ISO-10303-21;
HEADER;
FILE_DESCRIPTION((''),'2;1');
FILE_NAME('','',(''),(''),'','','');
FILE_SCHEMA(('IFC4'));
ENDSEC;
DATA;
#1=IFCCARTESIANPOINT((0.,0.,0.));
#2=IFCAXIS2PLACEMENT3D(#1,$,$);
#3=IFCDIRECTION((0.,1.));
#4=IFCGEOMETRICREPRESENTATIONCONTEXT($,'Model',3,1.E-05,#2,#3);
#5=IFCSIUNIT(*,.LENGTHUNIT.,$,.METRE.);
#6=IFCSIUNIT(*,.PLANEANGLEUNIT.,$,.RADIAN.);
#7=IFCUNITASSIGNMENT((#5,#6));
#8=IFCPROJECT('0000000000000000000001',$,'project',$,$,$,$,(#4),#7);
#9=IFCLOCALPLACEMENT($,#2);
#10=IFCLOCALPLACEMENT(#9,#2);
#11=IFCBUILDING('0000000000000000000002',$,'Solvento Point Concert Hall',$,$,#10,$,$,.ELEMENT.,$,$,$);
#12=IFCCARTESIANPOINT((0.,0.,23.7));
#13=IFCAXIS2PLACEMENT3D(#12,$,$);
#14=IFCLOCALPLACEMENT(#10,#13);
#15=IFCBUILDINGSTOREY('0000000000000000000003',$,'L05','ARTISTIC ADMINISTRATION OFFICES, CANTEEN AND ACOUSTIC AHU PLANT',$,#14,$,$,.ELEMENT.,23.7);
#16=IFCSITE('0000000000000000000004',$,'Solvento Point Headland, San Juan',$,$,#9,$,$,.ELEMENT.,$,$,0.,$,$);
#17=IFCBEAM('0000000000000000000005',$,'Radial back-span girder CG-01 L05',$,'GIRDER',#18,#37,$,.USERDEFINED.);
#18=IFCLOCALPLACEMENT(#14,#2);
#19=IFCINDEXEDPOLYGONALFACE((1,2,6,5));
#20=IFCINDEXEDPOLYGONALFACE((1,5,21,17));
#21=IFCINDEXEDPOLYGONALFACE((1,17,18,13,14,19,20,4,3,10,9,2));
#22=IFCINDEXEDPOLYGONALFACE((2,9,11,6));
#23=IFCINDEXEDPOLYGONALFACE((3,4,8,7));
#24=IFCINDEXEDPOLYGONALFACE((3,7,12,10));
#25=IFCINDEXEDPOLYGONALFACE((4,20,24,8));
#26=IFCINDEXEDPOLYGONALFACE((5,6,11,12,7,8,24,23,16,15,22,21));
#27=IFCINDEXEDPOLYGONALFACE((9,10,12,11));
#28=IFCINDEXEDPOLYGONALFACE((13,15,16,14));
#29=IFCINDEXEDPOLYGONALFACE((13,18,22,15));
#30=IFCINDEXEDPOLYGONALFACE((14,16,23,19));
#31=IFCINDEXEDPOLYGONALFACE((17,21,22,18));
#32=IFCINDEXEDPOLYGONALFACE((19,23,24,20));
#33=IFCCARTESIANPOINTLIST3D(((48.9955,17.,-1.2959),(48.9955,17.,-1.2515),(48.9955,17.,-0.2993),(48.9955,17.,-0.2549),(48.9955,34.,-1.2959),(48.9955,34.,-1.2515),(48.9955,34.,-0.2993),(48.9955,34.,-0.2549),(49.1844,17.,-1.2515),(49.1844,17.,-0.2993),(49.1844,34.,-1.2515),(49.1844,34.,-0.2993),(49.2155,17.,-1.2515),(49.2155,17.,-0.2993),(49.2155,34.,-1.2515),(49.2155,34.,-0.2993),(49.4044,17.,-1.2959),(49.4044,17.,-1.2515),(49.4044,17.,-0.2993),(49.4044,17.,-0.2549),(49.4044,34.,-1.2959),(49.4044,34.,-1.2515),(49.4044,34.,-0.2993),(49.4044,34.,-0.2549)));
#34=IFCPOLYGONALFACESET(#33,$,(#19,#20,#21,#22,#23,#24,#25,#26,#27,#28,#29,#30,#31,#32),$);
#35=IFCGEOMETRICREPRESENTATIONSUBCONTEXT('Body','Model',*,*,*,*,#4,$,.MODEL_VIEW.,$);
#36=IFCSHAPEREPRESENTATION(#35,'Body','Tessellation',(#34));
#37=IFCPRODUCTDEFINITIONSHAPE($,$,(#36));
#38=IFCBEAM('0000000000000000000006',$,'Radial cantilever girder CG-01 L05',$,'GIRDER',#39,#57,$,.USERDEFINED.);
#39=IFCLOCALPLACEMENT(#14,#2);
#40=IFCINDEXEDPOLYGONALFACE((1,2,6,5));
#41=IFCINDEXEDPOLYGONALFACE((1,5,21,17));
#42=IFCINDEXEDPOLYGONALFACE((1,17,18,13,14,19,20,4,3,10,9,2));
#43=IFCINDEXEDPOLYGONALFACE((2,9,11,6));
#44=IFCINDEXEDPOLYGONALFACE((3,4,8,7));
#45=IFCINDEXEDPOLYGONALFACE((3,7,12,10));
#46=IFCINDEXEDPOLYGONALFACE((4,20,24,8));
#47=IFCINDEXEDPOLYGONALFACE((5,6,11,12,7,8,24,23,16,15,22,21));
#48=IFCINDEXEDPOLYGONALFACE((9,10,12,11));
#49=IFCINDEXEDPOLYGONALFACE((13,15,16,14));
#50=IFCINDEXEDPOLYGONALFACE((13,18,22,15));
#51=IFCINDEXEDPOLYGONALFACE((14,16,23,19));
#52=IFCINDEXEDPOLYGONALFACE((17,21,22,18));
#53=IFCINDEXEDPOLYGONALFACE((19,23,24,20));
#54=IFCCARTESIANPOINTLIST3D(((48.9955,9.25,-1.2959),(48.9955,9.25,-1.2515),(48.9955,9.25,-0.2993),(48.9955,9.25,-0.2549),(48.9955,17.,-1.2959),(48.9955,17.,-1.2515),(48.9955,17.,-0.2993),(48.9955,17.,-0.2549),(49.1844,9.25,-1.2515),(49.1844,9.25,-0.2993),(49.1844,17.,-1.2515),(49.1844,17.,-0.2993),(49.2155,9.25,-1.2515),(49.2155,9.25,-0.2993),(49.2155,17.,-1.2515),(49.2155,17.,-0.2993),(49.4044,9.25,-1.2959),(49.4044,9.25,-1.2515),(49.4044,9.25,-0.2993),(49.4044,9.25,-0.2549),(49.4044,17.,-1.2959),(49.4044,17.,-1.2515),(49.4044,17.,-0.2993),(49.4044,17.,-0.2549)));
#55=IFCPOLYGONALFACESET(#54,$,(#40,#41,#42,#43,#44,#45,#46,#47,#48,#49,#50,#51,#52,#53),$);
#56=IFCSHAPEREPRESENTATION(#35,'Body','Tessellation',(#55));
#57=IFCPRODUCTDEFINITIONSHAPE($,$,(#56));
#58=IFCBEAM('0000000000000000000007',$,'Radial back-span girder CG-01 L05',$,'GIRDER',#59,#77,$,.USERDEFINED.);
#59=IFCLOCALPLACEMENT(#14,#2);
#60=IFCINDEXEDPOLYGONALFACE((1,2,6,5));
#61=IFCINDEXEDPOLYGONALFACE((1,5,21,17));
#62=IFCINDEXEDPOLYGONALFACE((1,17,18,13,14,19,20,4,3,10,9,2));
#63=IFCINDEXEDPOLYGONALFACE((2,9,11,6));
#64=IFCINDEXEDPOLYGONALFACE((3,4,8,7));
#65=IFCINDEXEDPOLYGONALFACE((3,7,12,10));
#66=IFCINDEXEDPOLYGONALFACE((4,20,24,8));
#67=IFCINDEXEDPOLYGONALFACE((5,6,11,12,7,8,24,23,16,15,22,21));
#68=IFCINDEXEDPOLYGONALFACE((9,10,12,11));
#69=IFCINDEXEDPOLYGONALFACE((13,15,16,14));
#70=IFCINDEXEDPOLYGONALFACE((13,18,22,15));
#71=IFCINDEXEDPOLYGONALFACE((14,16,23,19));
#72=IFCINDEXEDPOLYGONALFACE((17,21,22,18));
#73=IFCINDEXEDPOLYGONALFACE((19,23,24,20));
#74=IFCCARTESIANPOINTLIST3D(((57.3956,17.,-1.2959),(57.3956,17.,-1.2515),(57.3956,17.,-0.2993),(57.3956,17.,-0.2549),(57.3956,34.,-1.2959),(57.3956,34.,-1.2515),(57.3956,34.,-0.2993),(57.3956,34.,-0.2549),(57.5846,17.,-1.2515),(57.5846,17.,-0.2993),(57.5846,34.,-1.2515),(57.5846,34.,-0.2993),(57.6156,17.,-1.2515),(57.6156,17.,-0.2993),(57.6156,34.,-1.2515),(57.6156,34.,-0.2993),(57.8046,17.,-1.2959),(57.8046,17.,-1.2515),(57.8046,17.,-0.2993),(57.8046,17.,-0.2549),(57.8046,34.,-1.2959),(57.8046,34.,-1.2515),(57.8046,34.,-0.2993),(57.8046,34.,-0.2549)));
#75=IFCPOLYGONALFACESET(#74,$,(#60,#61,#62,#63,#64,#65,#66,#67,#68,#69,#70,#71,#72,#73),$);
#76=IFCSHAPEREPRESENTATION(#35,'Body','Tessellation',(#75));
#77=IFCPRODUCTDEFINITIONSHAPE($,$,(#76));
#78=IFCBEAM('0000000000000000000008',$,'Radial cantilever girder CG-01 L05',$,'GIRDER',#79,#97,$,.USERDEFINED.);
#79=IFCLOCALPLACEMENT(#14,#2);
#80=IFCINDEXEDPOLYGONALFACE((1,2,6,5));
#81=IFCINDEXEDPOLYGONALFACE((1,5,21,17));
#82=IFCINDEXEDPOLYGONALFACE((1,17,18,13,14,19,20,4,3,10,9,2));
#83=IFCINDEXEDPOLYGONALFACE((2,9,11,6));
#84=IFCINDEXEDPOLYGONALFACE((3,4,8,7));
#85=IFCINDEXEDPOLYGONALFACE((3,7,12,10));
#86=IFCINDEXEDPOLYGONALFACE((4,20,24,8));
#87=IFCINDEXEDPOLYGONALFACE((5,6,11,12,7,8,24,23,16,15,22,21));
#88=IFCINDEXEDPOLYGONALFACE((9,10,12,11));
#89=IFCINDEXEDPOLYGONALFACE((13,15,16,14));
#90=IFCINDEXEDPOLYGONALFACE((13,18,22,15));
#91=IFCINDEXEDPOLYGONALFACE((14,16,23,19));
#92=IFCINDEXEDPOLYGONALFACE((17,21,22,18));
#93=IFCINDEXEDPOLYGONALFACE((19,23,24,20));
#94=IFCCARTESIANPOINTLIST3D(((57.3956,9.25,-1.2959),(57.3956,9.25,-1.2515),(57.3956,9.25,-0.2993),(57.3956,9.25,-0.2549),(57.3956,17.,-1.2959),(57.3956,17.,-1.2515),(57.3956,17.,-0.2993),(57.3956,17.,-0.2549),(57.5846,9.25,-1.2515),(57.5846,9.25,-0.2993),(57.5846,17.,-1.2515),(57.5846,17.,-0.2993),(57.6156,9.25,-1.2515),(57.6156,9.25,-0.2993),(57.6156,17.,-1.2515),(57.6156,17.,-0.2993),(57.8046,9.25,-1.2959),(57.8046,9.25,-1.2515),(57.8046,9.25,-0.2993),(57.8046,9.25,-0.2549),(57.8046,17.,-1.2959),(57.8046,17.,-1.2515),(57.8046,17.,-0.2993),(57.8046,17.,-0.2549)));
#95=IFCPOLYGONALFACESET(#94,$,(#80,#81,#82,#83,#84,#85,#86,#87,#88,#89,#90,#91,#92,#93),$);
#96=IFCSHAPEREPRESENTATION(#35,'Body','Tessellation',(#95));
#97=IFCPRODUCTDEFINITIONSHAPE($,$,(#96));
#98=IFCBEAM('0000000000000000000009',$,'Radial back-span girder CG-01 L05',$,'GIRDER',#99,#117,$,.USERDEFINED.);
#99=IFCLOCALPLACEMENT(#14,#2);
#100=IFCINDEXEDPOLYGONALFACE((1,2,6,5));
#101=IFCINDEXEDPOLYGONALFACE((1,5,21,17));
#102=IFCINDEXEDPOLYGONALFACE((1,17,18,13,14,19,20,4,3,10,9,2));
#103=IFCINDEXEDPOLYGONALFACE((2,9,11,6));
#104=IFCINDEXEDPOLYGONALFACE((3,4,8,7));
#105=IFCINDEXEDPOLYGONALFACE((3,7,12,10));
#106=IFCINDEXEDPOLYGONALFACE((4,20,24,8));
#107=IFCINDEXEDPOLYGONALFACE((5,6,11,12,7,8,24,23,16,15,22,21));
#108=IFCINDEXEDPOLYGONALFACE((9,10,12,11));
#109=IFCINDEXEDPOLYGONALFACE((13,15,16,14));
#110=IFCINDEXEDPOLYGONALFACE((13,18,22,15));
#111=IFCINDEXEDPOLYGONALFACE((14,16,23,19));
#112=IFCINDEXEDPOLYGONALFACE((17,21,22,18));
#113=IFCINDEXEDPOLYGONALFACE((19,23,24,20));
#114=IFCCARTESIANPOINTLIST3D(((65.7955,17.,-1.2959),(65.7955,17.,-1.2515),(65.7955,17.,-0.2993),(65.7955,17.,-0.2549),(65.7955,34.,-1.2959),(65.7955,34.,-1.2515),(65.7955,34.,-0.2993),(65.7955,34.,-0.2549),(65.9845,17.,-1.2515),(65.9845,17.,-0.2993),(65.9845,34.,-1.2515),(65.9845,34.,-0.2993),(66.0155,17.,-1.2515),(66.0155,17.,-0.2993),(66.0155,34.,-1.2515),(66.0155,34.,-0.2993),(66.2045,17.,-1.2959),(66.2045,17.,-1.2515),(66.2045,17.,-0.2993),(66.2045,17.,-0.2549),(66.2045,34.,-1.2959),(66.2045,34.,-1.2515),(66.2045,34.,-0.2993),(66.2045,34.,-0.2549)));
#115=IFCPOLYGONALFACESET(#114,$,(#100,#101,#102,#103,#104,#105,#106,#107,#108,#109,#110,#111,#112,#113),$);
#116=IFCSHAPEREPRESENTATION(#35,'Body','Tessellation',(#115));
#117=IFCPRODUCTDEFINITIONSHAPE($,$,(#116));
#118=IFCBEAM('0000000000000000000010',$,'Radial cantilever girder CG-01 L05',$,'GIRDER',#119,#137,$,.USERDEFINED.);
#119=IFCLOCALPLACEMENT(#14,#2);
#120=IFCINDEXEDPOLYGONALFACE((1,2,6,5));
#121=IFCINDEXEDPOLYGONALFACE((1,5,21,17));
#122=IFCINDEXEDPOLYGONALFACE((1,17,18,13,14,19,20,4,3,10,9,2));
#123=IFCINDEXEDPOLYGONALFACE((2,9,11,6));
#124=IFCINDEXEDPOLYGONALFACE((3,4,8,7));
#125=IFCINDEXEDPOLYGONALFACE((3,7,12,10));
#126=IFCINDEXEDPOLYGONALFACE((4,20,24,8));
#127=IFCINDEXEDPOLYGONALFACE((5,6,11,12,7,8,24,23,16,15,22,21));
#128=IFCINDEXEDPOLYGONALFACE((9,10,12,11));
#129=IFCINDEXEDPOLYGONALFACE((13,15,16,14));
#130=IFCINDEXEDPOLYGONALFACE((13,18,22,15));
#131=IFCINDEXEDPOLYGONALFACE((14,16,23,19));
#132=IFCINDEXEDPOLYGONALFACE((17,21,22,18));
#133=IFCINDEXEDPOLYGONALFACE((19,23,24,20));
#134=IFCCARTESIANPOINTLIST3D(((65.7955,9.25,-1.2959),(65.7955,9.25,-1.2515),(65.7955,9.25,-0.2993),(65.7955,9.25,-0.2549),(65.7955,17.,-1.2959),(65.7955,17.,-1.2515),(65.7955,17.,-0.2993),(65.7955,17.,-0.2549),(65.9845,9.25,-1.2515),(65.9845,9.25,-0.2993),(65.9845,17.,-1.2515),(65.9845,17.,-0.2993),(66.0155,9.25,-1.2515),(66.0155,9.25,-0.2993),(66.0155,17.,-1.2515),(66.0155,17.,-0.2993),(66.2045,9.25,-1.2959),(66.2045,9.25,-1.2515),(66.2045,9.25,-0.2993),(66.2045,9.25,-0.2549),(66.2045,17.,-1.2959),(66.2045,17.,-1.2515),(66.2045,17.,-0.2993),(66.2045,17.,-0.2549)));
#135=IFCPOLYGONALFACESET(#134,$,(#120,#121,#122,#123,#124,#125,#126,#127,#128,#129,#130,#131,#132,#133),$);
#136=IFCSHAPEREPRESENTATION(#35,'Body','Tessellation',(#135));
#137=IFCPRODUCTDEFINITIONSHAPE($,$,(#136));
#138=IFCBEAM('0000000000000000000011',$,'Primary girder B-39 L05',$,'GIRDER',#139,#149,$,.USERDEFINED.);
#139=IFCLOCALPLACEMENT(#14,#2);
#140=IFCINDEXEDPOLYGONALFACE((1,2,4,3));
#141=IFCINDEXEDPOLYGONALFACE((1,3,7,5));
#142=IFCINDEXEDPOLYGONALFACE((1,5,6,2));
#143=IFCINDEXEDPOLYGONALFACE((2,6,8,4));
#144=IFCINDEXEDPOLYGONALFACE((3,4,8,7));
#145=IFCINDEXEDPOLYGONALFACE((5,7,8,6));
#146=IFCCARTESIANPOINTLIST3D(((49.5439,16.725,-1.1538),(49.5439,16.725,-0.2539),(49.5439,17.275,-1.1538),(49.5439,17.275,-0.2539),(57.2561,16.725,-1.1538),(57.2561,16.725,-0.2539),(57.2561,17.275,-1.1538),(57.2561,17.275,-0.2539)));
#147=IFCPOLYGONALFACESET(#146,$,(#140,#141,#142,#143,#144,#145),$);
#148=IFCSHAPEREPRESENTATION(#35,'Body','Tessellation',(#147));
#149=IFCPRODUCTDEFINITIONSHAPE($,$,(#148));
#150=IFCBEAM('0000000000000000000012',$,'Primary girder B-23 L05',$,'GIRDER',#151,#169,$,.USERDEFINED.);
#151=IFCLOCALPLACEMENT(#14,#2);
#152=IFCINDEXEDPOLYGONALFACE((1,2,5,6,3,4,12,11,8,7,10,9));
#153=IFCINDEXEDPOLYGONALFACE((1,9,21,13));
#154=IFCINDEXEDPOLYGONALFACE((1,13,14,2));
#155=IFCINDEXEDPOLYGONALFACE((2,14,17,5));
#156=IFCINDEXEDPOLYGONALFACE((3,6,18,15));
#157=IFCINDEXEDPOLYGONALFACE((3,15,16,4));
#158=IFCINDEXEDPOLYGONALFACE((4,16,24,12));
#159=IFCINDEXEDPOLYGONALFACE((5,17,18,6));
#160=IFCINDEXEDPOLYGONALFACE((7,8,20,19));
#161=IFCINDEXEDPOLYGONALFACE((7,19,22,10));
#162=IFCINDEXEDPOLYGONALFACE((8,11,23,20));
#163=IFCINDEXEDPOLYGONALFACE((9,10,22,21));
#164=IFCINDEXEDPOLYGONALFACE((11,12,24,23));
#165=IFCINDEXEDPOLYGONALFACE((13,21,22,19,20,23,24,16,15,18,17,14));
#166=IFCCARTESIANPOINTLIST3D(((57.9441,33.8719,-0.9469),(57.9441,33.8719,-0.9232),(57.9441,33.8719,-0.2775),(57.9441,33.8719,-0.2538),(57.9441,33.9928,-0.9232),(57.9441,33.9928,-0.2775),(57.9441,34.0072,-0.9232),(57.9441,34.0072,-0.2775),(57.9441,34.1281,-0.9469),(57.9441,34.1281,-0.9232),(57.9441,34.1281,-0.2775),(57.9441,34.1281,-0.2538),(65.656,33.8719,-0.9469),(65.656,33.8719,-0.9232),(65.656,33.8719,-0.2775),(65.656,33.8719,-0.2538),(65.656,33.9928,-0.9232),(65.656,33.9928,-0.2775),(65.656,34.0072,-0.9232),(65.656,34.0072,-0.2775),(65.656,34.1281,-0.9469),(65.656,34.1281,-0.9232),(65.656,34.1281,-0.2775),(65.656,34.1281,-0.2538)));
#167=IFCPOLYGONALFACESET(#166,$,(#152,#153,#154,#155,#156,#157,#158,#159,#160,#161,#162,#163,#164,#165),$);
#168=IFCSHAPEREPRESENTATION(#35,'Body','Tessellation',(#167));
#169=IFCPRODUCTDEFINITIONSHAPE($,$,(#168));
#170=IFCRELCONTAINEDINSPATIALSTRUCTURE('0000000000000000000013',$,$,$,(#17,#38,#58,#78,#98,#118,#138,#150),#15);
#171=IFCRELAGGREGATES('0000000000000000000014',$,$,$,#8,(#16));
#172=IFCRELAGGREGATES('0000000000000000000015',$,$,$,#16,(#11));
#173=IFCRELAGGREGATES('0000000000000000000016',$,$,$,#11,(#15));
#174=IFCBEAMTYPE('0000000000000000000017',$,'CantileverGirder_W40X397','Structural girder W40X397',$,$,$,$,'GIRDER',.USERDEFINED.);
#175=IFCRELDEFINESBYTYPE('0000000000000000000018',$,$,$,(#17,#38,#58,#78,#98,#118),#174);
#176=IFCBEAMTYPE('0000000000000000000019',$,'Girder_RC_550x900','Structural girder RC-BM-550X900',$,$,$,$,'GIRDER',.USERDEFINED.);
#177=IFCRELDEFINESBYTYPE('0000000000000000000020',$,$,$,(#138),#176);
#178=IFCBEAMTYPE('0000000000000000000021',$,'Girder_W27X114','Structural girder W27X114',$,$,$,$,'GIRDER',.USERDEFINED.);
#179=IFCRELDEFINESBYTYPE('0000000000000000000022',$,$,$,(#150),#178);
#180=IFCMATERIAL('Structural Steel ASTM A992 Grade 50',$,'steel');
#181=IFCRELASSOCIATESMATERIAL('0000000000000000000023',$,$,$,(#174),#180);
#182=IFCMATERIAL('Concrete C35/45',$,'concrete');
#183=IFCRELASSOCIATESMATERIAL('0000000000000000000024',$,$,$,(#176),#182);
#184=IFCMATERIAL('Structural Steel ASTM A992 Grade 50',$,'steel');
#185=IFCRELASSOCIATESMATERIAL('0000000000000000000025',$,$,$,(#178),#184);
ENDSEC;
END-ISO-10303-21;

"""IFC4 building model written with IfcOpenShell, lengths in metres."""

from ifc_helpers import new_model, si_unit, direction, frame, origin, origin_2d, place, context, subcontext, project, spatial, rectangle, i_section, extrude, material, material_profile, profile_set, type_object, element, save


model = new_model("IFC4")

# Units and contexts
model_context = context("Model", 3, precision=1e-05, world=origin(), true_north=direction((0.0, 1.0)))
body_context = subcontext(model_context, "Body", "Model", "MODEL_VIEW")
ifc_project = project(units=[si_unit("LENGTHUNIT", "METRE"), si_unit("PLANEANGLEUNIT", "RADIAN")], contexts=[model_context])

# Site, building, storey
site_placement = place(None, origin())
site = spatial("IfcSite", under=ifc_project, at=site_placement, Name="Solvento Point Headland, San Juan", CompositionType="ELEMENT", RefElevation=0.0)
building_placement = place(site_placement, origin())
building = spatial("IfcBuilding", under=site, at=building_placement, Name="Solvento Point Concert Hall", CompositionType="ELEMENT")
storey_placement = place(building_placement, frame((0.0, 0.0, 23.7)))
storey = spatial("IfcBuildingStorey", under=building, at=storey_placement, Name="L05", Description="ARTISTIC ADMINISTRATION OFFICES, CANTEEN AND ACOUSTIC AHU PLANT", CompositionType="ELEMENT", Elevation=23.7)

# Beams
ifc_material_1 = material(Name="Structural Steel ASTM A992 Grade 50", Category="steel")
ifc_material_profile_1 = material_profile(ifc_material_1, i_section(OverallWidth=0.4089, OverallDepth=1.041, WebThickness=0.031, FlangeThickness=0.0444, at=origin_2d()), Name="W40X397")
ifc_profile_set_1 = profile_set([ifc_material_profile_1], Name="Structural Steel ASTM A992 Grade 50")
beam_type_1 = type_object("IfcBeamType", Name="CantileverGirder_W40X397", Description="Structural girder W40X397", ElementType="GIRDER", PredefinedType="USERDEFINED", material=ifc_profile_set_1)
beam_1_placement = place(storey_placement, frame((49.2, 34.0, -0.7754), z_axis=(0.0, -1.0, 0.0), x_axis=(1.0, 0.0, 0.0)))
element("IfcBeam", 1, at=beam_1_placement, inside=storey, type_object=beam_type_1, Name="Radial back-span girder CG-01 L05", ObjectType="GIRDER", PredefinedType="USERDEFINED", context=body_context, shape_type="SweptSolid", body=[
    extrude(i_section(OverallWidth=0.4089, OverallDepth=1.041, WebThickness=0.031, FlangeThickness=0.0444, at=origin_2d()), origin(), (0.0, 0.0, 1.0), 17.0),
])
beam_2_placement = place(storey_placement, frame((49.2, 17.0, -0.7754), z_axis=(0.0, -1.0, 0.0), x_axis=(1.0, 0.0, 0.0)))
element("IfcBeam", 2, at=beam_2_placement, inside=storey, type_object=beam_type_1, Name="Radial cantilever girder CG-01 L05", ObjectType="GIRDER", PredefinedType="USERDEFINED", context=body_context, shape_type="SweptSolid", body=[
    extrude(i_section(OverallWidth=0.4089, OverallDepth=1.041, WebThickness=0.031, FlangeThickness=0.0444, at=origin_2d()), origin(), (0.0, 0.0, 1.0), 7.75),
])
beam_3_placement = place(storey_placement, frame((57.6001, 34.0, -0.7754), z_axis=(0.0, -1.0, 0.0), x_axis=(1.0, 0.0, 0.0)))
element("IfcBeam", 3, at=beam_3_placement, inside=storey, type_object=beam_type_1, Name="Radial back-span girder CG-01 L05", ObjectType="GIRDER", PredefinedType="USERDEFINED", context=body_context, shape_type="SweptSolid", body=[
    extrude(i_section(OverallWidth=0.4089, OverallDepth=1.041, WebThickness=0.031, FlangeThickness=0.0444, at=origin_2d()), origin(), (0.0, 0.0, 1.0), 17.0),
])
beam_4_placement = place(storey_placement, frame((57.6001, 17.0, -0.7754), z_axis=(0.0, -1.0, 0.0), x_axis=(1.0, 0.0, 0.0)))
element("IfcBeam", 4, at=beam_4_placement, inside=storey, type_object=beam_type_1, Name="Radial cantilever girder CG-01 L05", ObjectType="GIRDER", PredefinedType="USERDEFINED", context=body_context, shape_type="SweptSolid", body=[
    extrude(i_section(OverallWidth=0.4089, OverallDepth=1.041, WebThickness=0.031, FlangeThickness=0.0444, at=origin_2d()), origin(), (0.0, 0.0, 1.0), 7.75),
])
beam_5_placement = place(storey_placement, frame((66.0, 34.0, -0.7754), z_axis=(0.0, -1.0, 0.0), x_axis=(1.0, 0.0, 0.0)))
element("IfcBeam", 5, at=beam_5_placement, inside=storey, type_object=beam_type_1, Name="Radial back-span girder CG-01 L05", ObjectType="GIRDER", PredefinedType="USERDEFINED", context=body_context, shape_type="SweptSolid", body=[
    extrude(i_section(OverallWidth=0.4089, OverallDepth=1.041, WebThickness=0.031, FlangeThickness=0.0444, at=origin_2d()), origin(), (0.0, 0.0, 1.0), 17.0),
])
beam_6_placement = place(storey_placement, frame((66.0, 17.0, -0.7754), z_axis=(0.0, -1.0, 0.0), x_axis=(1.0, 0.0, 0.0)))
element("IfcBeam", 6, at=beam_6_placement, inside=storey, type_object=beam_type_1, Name="Radial cantilever girder CG-01 L05", ObjectType="GIRDER", PredefinedType="USERDEFINED", context=body_context, shape_type="SweptSolid", body=[
    extrude(i_section(OverallWidth=0.4089, OverallDepth=1.041, WebThickness=0.031, FlangeThickness=0.0444, at=origin_2d()), origin(), (0.0, 0.0, 1.0), 7.75),
])
ifc_material_2 = material(Name="Concrete C35/45", Category="concrete")
ifc_material_profile_2 = material_profile(ifc_material_2, rectangle(XDim=0.55, YDim=0.8999, at=origin_2d()), Name="RC-BM-550X900")
ifc_profile_set_2 = profile_set([ifc_material_profile_2], Name="Concrete C35/45")
beam_type_2 = type_object("IfcBeamType", Name="Girder_RC_550x900", Description="Structural girder RC-BM-550X900", ElementType="GIRDER", PredefinedType="USERDEFINED", material=ifc_profile_set_2)
beam_7_placement = place(storey_placement, frame((49.5439, 17.0, -0.7039), z_axis=(1.0, 0.0, 0.0), x_axis=(0.0, 1.0, 0.0)))
element("IfcBeam", 7, at=beam_7_placement, inside=storey, type_object=beam_type_2, Name="Primary girder B-39 L05", ObjectType="GIRDER", PredefinedType="USERDEFINED", context=body_context, shape_type="SweptSolid", body=[
    extrude(rectangle(XDim=0.55, YDim=0.8999, at=origin_2d()), origin(), (0.0, 0.0, 1.0), 7.7122),
])
ifc_material_3 = material(Name="Structural Steel ASTM A992 Grade 50", Category="steel")
ifc_material_profile_3 = material_profile(ifc_material_3, i_section(OverallWidth=0.2561, OverallDepth=0.6931, WebThickness=0.0144, FlangeThickness=0.0237, at=origin_2d()), Name="W27X114")
ifc_profile_set_3 = profile_set([ifc_material_profile_3], Name="Structural Steel ASTM A992 Grade 50")
beam_type_3 = type_object("IfcBeamType", Name="Girder_W27X114", Description="Structural girder W27X114", ElementType="GIRDER", PredefinedType="USERDEFINED", material=ifc_profile_set_3)
beam_8_placement = place(storey_placement, frame((57.9441, 34.0, -0.6003), z_axis=(1.0, 0.0, 0.0), x_axis=(0.0, 1.0, 0.0)))
element("IfcBeam", 8, at=beam_8_placement, inside=storey, type_object=beam_type_3, Name="Primary girder B-23 L05", ObjectType="GIRDER", PredefinedType="USERDEFINED", context=body_context, shape_type="SweptSolid", body=[
    extrude(i_section(OverallWidth=0.2561, OverallDepth=0.6931, WebThickness=0.0144, FlangeThickness=0.0237, at=origin_2d()), origin(), (0.0, 0.0, 1.0), 7.7119),
])

save(model, "model.ifc")
